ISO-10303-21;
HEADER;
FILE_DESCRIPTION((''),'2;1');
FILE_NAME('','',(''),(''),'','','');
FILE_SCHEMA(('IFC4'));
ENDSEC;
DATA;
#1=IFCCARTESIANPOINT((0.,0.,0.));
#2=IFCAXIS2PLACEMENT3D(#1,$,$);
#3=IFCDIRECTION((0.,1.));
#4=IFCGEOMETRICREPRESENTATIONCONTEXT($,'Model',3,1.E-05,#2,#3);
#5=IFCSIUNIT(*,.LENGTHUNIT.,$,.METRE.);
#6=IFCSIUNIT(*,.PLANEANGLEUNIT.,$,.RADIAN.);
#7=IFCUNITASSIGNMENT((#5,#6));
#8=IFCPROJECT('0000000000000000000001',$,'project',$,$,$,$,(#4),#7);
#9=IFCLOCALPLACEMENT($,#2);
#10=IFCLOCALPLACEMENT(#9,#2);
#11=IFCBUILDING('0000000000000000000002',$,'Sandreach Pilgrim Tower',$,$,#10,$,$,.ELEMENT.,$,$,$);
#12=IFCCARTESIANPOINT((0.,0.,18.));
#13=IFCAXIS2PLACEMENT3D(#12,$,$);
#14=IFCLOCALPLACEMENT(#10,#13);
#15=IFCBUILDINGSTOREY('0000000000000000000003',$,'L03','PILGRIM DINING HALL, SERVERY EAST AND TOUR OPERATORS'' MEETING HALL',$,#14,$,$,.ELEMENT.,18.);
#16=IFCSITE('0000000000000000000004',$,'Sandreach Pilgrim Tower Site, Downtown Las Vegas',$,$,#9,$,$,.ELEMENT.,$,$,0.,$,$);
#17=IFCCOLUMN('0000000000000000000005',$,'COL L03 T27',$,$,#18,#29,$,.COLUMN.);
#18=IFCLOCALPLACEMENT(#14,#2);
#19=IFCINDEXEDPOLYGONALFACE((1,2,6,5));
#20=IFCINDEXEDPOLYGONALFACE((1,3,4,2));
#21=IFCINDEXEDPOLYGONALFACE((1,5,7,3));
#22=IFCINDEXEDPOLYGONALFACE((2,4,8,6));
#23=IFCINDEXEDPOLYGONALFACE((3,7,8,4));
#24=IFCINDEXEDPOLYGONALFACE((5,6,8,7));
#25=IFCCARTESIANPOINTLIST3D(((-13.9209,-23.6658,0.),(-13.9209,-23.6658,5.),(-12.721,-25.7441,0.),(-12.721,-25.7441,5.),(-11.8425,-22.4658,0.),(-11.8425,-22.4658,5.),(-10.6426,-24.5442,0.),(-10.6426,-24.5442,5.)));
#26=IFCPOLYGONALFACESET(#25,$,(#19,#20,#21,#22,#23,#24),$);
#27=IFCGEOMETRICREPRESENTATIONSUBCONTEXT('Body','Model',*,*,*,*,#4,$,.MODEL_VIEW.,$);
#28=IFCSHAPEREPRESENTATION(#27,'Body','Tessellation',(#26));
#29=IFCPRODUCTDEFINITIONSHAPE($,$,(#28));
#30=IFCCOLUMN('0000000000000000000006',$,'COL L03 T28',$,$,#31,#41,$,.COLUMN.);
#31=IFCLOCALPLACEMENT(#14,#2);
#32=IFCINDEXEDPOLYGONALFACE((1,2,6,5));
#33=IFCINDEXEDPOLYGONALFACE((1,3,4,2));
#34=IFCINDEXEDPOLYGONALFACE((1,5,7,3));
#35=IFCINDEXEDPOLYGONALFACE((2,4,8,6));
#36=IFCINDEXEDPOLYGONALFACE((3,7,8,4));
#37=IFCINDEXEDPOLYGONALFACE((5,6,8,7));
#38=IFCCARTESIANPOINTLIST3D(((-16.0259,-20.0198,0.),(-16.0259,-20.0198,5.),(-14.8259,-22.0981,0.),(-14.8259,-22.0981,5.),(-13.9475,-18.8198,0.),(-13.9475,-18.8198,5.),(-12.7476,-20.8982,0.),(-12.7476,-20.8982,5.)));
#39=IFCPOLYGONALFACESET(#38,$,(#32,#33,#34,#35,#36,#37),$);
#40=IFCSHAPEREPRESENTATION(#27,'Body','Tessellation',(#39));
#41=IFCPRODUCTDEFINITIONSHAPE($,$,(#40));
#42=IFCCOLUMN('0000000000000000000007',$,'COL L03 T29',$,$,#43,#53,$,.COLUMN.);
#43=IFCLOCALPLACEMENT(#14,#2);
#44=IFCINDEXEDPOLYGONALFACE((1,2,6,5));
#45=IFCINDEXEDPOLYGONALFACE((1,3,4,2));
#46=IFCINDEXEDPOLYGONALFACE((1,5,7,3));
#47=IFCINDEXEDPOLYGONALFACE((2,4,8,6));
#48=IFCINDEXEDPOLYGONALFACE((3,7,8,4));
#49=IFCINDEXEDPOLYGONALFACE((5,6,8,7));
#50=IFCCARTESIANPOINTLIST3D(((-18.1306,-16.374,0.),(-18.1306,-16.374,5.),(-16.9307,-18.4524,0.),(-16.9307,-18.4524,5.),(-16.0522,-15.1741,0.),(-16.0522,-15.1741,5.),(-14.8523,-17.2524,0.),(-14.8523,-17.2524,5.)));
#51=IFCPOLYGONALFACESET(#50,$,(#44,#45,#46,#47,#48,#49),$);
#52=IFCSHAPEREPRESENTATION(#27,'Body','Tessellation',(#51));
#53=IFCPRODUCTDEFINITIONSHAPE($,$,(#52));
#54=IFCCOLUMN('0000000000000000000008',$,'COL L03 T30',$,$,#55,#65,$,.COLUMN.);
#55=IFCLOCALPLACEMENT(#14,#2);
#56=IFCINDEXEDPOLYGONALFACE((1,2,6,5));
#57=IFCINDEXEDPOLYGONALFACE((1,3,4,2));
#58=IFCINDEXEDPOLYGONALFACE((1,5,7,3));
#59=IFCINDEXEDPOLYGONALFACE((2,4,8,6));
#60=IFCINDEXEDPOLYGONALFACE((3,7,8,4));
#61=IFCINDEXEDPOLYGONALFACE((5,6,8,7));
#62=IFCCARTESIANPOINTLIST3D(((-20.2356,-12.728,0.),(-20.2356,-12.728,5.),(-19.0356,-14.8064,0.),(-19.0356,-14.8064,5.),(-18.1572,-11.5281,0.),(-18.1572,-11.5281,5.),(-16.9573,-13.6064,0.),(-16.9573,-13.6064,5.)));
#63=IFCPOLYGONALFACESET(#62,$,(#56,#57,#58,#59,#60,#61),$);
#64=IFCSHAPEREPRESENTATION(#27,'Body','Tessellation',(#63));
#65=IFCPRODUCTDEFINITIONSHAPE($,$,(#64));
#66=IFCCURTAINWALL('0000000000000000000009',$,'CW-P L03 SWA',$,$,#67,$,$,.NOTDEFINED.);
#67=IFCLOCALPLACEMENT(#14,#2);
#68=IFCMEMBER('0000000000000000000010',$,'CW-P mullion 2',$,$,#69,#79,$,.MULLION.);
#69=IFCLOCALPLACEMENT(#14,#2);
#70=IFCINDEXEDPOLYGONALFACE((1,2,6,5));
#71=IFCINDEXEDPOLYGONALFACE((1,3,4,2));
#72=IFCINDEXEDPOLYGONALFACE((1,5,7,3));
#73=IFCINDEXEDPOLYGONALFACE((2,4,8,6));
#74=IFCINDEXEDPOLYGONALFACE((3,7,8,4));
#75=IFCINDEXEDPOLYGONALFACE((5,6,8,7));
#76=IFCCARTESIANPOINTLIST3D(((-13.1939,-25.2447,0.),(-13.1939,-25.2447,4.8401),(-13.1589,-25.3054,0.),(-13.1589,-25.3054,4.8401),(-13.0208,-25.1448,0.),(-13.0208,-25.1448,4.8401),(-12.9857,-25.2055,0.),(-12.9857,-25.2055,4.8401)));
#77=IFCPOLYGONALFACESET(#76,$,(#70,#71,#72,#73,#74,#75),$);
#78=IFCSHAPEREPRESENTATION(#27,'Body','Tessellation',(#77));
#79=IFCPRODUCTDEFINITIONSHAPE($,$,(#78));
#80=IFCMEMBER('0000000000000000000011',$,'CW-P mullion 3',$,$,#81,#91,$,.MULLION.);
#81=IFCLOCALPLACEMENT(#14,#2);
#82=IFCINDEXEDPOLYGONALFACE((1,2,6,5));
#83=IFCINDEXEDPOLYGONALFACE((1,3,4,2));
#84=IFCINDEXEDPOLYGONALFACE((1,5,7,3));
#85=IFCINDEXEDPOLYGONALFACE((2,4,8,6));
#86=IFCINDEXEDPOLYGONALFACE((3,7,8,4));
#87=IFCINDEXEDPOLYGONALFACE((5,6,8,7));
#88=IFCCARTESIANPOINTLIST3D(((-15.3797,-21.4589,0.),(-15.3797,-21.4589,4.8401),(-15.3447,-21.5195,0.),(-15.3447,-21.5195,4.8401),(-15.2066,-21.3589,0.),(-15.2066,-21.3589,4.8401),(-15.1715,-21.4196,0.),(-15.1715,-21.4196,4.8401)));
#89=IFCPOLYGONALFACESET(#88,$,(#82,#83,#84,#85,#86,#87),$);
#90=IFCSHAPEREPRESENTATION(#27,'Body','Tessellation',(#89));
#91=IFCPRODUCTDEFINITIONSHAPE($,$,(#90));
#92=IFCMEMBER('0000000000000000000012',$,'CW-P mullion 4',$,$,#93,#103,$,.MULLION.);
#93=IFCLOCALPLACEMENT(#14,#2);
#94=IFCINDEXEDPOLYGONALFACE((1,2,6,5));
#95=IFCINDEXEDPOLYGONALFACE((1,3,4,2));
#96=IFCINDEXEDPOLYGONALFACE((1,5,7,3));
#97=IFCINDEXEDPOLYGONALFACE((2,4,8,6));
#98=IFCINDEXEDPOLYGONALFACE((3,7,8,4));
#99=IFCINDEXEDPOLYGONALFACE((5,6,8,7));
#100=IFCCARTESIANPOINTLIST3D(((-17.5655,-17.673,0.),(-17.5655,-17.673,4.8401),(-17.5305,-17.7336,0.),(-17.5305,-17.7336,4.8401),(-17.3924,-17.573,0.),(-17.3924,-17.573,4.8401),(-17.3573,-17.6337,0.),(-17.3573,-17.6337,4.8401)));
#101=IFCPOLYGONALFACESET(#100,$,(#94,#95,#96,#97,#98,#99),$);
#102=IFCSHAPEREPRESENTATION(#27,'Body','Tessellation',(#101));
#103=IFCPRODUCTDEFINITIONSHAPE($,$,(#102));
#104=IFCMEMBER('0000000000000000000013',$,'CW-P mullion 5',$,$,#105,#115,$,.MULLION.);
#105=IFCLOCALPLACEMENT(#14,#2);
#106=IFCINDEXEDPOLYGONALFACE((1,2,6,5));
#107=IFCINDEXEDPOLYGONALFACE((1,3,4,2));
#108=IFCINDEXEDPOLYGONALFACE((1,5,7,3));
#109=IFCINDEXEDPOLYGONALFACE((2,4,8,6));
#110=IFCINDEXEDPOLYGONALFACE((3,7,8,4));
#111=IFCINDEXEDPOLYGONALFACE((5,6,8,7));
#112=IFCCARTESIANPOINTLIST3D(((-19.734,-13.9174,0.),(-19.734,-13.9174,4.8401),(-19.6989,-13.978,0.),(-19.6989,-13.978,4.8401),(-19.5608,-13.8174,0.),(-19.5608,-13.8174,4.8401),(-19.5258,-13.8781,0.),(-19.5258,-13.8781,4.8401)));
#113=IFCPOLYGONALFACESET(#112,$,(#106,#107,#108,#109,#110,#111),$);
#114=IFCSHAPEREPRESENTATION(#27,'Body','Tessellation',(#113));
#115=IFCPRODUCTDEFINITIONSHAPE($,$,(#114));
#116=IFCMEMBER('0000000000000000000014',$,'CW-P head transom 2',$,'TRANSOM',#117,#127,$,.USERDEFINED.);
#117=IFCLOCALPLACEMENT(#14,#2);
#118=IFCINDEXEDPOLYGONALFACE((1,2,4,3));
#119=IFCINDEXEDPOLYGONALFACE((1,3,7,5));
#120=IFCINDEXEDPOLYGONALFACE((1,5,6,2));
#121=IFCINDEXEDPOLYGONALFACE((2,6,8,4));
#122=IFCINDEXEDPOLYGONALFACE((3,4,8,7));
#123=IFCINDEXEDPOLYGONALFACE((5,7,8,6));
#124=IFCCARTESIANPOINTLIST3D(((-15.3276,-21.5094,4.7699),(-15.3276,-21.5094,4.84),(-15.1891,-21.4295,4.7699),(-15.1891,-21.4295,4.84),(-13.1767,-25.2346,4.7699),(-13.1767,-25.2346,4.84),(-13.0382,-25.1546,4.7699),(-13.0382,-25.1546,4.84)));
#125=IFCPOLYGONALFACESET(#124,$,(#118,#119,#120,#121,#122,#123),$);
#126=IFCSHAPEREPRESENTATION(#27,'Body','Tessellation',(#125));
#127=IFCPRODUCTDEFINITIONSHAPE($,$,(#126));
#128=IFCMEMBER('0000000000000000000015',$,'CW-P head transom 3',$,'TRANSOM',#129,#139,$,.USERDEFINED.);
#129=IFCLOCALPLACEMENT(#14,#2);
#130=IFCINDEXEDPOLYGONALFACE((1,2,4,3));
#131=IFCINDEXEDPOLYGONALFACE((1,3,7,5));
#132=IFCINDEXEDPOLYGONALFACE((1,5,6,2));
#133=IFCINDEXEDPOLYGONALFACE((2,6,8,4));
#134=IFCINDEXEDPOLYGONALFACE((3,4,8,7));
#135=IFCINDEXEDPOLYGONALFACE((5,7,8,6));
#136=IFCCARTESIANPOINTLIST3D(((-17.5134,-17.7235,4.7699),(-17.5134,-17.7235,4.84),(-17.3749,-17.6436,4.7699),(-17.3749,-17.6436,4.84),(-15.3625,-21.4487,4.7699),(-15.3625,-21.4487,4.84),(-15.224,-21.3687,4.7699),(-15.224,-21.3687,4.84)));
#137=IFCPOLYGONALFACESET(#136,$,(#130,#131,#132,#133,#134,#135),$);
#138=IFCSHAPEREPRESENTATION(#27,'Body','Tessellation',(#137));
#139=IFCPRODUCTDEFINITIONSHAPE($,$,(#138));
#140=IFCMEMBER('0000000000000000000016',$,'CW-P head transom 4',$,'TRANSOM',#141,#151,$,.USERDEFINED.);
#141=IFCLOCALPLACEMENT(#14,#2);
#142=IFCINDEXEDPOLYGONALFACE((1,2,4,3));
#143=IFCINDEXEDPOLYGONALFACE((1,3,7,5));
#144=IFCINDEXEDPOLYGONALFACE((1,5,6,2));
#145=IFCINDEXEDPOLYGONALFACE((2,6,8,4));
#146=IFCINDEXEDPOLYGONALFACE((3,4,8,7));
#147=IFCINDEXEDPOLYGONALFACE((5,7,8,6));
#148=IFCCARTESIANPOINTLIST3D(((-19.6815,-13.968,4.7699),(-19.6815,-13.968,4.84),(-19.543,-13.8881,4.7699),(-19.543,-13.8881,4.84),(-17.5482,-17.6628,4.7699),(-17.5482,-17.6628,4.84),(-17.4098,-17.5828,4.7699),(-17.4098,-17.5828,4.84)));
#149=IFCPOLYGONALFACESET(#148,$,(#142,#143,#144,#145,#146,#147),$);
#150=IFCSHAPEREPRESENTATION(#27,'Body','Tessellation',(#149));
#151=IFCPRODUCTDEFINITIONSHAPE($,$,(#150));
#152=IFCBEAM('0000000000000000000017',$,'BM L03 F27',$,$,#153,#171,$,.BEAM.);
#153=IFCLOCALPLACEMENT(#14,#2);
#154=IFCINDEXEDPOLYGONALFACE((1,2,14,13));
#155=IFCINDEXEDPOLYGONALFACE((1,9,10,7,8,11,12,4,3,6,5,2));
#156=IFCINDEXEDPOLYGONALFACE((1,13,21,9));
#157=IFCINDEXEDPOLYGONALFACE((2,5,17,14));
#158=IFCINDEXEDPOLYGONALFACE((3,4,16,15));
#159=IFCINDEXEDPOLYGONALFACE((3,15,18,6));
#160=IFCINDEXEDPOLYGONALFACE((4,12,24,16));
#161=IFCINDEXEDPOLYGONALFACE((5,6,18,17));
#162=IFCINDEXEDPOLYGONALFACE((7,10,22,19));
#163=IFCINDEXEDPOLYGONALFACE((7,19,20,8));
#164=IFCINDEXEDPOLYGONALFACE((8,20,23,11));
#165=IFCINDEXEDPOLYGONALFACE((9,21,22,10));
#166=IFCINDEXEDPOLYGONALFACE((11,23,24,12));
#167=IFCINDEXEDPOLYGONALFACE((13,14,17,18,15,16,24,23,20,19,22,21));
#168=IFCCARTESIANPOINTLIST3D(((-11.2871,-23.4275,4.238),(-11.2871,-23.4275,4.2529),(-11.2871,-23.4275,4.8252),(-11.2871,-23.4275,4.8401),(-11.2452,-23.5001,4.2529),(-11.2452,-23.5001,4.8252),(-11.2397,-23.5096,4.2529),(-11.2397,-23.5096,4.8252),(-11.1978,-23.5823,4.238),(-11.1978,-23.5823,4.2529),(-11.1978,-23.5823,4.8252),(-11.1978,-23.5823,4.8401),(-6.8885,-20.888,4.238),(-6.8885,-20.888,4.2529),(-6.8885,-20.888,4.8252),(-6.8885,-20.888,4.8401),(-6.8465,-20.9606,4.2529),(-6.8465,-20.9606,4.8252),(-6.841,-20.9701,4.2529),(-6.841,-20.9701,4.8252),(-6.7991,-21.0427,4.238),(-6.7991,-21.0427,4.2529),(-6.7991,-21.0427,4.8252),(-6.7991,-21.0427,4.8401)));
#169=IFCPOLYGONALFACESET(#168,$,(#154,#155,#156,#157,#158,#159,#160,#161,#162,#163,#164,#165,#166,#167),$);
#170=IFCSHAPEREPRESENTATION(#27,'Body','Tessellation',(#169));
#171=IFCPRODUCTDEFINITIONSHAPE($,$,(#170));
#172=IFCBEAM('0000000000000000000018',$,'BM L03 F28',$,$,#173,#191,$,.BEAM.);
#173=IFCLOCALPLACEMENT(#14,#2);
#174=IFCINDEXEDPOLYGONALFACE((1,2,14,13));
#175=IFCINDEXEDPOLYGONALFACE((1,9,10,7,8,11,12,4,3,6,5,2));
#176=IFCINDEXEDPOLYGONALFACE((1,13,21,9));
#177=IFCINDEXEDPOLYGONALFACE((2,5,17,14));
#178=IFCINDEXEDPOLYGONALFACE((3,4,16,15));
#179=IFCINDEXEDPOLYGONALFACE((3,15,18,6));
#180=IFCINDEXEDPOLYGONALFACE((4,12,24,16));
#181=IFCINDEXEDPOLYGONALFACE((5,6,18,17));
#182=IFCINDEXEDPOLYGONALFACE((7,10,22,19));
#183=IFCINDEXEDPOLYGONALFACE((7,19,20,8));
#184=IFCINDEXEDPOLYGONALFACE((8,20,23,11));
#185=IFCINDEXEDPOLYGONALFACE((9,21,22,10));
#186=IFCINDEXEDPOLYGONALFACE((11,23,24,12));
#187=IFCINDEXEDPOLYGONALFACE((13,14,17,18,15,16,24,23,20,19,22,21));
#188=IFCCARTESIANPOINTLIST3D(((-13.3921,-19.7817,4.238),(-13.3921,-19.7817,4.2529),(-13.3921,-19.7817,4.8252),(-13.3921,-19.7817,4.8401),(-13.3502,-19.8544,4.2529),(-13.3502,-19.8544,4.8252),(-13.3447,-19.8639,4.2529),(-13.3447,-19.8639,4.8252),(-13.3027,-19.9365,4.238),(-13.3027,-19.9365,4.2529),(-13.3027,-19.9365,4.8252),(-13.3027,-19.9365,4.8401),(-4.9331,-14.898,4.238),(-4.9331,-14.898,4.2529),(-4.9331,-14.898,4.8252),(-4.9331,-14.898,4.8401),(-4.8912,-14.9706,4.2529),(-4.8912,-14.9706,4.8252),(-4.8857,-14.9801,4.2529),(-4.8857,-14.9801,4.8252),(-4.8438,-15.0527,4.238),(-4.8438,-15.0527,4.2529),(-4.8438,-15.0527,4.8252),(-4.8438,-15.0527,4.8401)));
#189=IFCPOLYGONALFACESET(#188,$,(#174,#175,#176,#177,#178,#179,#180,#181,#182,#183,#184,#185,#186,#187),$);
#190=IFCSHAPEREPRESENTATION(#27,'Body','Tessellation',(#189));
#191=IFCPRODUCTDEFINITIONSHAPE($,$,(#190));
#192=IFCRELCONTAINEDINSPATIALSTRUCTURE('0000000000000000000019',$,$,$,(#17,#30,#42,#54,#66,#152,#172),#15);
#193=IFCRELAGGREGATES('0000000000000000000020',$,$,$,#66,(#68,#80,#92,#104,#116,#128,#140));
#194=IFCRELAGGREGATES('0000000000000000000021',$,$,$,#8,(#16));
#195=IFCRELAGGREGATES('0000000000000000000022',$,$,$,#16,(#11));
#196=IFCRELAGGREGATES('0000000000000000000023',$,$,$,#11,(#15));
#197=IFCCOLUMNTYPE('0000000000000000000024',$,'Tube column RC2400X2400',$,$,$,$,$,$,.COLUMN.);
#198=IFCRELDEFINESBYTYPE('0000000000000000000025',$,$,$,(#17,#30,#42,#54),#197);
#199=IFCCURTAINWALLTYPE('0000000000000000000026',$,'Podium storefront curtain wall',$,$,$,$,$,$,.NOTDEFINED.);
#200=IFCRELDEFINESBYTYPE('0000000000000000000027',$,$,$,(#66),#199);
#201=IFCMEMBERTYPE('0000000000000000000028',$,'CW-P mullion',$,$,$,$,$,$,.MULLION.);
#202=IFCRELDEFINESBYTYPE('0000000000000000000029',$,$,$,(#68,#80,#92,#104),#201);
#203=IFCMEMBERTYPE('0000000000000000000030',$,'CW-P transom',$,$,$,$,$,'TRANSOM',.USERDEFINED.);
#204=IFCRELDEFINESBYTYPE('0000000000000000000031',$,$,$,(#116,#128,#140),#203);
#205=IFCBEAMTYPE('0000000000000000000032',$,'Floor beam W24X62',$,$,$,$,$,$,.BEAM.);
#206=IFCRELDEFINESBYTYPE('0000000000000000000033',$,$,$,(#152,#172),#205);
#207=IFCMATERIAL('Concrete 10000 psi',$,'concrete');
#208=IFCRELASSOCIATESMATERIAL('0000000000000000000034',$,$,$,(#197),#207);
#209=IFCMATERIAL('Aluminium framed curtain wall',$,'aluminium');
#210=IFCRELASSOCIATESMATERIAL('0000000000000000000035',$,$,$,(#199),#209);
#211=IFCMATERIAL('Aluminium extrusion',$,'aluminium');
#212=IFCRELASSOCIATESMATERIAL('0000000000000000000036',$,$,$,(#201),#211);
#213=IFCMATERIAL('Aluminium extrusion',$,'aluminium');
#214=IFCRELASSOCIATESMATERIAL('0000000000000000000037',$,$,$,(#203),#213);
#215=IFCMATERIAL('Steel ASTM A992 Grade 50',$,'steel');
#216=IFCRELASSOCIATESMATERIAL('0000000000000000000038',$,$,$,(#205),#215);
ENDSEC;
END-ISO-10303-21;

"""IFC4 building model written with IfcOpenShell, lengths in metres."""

from ifc_helpers import new_model, si_unit, direction, frame, origin, origin_2d, place, context, subcontext, project, spatial, rectangle, i_section, extrude, material, material_profile, profile_set, type_object, element, aggregate, save


model = new_model("IFC4")

# Units and contexts
model_context = context("Model", 3, precision=1e-05, world=origin(), true_north=direction((0.0, 1.0)))
body_context = subcontext(model_context, "Body", "Model", "MODEL_VIEW")
ifc_project = project(units=[si_unit("LENGTHUNIT", "METRE"), si_unit("PLANEANGLEUNIT", "RADIAN")], contexts=[model_context])

# Site, building, storey
site_placement = place(None, origin())
site = spatial("IfcSite", under=ifc_project, at=site_placement, Name="Sandreach Pilgrim Tower Site, Downtown Las Vegas", CompositionType="ELEMENT", RefElevation=0.0)
building_placement = place(site_placement, origin())
building = spatial("IfcBuilding", under=site, at=building_placement, Name="Sandreach Pilgrim Tower", CompositionType="ELEMENT")
storey_placement = place(building_placement, frame((0.0, 0.0, 18.0)))
storey = spatial("IfcBuildingStorey", under=building, at=storey_placement, Name="L03", Description="PILGRIM DINING HALL, SERVERY EAST AND TOUR OPERATORS' MEETING HALL", CompositionType="ELEMENT", Elevation=18.0)

# Columns
ifc_material_1 = material(Name="Concrete 10000 psi", Category="concrete")
ifc_material_profile_1 = material_profile(ifc_material_1, rectangle(XDim=2.3999, YDim=2.3999, at=origin_2d()), Name="RC2400X2400")
ifc_profile_set_1 = profile_set([ifc_material_profile_1], Name="Concrete 10000 psi")
column_type = type_object("IfcColumnType", Name="Tube column RC2400X2400", PredefinedType="COLUMN", material=ifc_profile_set_1)
for number, where, z_axis, x_axis, name in (
    (1, (-12.2817, -24.105, 0.0), (0.0, 0.0, 1.0), (-0.866025, -0.5, 0.0), "COL L03 T27"),
    (2, (-14.3867, -20.459, 0.0), (0.0, 0.0, 1.0), (-0.866025, -0.5, 0.0), "COL L03 T28"),
    (3, (-16.4915, -16.8132, 0.0), (0.0, 0.0, 1.0), (-0.866025, -0.5, 0.0), "COL L03 T29"),
    (4, (-18.5964, -13.1672, 0.0), (0.0, 0.0, 1.0), (-0.866025, -0.5, 0.0), "COL L03 T30"),
):
    element("IfcColumn", number, at=place(storey_placement, frame(where, z_axis=z_axis, x_axis=x_axis)), inside=storey, type_object=column_type, Name=name, PredefinedType="COLUMN", context=body_context, shape_type="SweptSolid", body=[
        extrude(rectangle(XDim=2.3999, YDim=2.3999, at=origin_2d()), origin(), (0.0, 0.0, 1.0), 5.0),
    ])

# Curtain wall, members
ifc_material_2 = material(Name="Aluminium framed curtain wall", Category="aluminium")
curtain_wall_type = type_object("IfcCurtainWallType", Name="Podium storefront curtain wall", PredefinedType="NOTDEFINED", material=ifc_material_2)
curtain_wall_placement = place(storey_placement, origin())
curtain_wall = element("IfcCurtainWall", 5, at=curtain_wall_placement, inside=storey, type_object=curtain_wall_type, Name="CW-P L03 SWA", PredefinedType="NOTDEFINED")
ifc_material_3 = material(Name="Aluminium extrusion", Category="aluminium")
ifc_material_profile_2 = material_profile(ifc_material_3, rectangle(XDim=0.0701, YDim=0.2, at=origin_2d()), Name="CW-PM 70X200")
ifc_profile_set_2 = profile_set([ifc_material_profile_2], Name="Aluminium extrusion")
member_type_1 = type_object("IfcMemberType", Name="CW-P mullion", PredefinedType="MULLION", material=ifc_profile_set_2)
member_1_placement = place(storey_placement, frame((-13.0898, -25.2251, 0.0), z_axis=(0.0, 0.0, 1.0), x_axis=(-0.5, 0.866025, 0.0)))
member_1 = element("IfcMember", 6, at=member_1_placement, type_object=member_type_1, Name="CW-P mullion 2", PredefinedType="MULLION", context=body_context, shape_type="SweptSolid", body=[
    extrude(rectangle(XDim=0.0701, YDim=0.2, at=origin_2d()), origin(), (0.0, 0.0, 1.0), 4.8401),
])
member_2_placement = place(storey_placement, frame((-15.2756, -21.4392, 0.0), z_axis=(0.0, 0.0, 1.0), x_axis=(-0.5, 0.866025, 0.0)))
member_2 = element("IfcMember", 7, at=member_2_placement, type_object=member_type_1, Name="CW-P mullion 3", PredefinedType="MULLION", context=body_context, shape_type="SweptSolid", body=[
    extrude(rectangle(XDim=0.0701, YDim=0.2, at=origin_2d()), origin(), (0.0, 0.0, 1.0), 4.8401),
])
member_3_placement = place(storey_placement, frame((-17.4614, -17.6533, 0.0), z_axis=(0.0, 0.0, 1.0), x_axis=(-0.5, 0.866025, 0.0)))
member_3 = element("IfcMember", 8, at=member_3_placement, type_object=member_type_1, Name="CW-P mullion 4", PredefinedType="MULLION", context=body_context, shape_type="SweptSolid", body=[
    extrude(rectangle(XDim=0.0701, YDim=0.2, at=origin_2d()), origin(), (0.0, 0.0, 1.0), 4.8401),
])
member_4_placement = place(storey_placement, frame((-19.6299, -13.8977, 0.0), z_axis=(0.0, 0.0, 1.0), x_axis=(-0.5, 0.866025, 0.0)))
member_4 = element("IfcMember", 9, at=member_4_placement, type_object=member_type_1, Name="CW-P mullion 5", PredefinedType="MULLION", context=body_context, shape_type="SweptSolid", body=[
    extrude(rectangle(XDim=0.0701, YDim=0.2, at=origin_2d()), origin(), (0.0, 0.0, 1.0), 4.8401),
])
ifc_material_4 = material(Name="Aluminium extrusion", Category="aluminium")
ifc_material_profile_3 = material_profile(ifc_material_4, rectangle(XDim=0.1599, YDim=0.0701, at=origin_2d()), Name="CW-PT 160X70")
ifc_profile_set_3 = profile_set([ifc_material_profile_3], Name="Aluminium extrusion")
member_type_2 = type_object("IfcMemberType", Name="CW-P transom", ElementType="TRANSOM", PredefinedType="USERDEFINED", material=ifc_profile_set_3)
member_5_placement = place(storey_placement, frame((-13.1074, -25.1946, 4.8049), z_axis=(-0.500034, 0.866006, 0.0), x_axis=(-0.866006, -0.500034, 0.0)))
member_5 = element("IfcMember", 10, at=member_5_placement, type_object=member_type_2, Name="CW-P head transom 2", ObjectType="TRANSOM", PredefinedType="USERDEFINED", context=body_context, shape_type="SweptSolid", body=[
    extrude(rectangle(XDim=0.1599, YDim=0.0701, at=origin_2d()), origin(), (0.0, 0.0, 1.0), 4.3015),
])
member_6_placement = place(storey_placement, frame((-15.2932, -21.4087, 4.8049), z_axis=(-0.500034, 0.866006, 0.0), x_axis=(-0.866006, -0.500034, 0.0)))
member_6 = element("IfcMember", 11, at=member_6_placement, type_object=member_type_2, Name="CW-P head transom 3", ObjectType="TRANSOM", PredefinedType="USERDEFINED", context=body_context, shape_type="SweptSolid", body=[
    extrude(rectangle(XDim=0.1599, YDim=0.0701, at=origin_2d()), origin(), (0.0, 0.0, 1.0), 4.3015),
])
member_7_placement = place(storey_placement, frame((-17.479, -17.6228, 4.8049), z_axis=(-0.500016, 0.866016, 0.0), x_axis=(-0.866016, -0.500016, 0.0)))
member_7 = element("IfcMember", 12, at=member_7_placement, type_object=member_type_2, Name="CW-P head transom 4", ObjectType="TRANSOM", PredefinedType="USERDEFINED", context=body_context, shape_type="SweptSolid", body=[
    extrude(rectangle(XDim=0.1599, YDim=0.0701, at=origin_2d()), origin(), (0.0, 0.0, 1.0), 4.2664),
])

# Beams
ifc_material_5 = material(Name="Steel ASTM A992 Grade 50", Category="steel")
ifc_material_profile_4 = material_profile(ifc_material_5, i_section(OverallWidth=0.1787, OverallDepth=0.6021, WebThickness=0.011, FlangeThickness=0.0149, at=origin_2d()), Name="W24X62")
ifc_profile_set_4 = profile_set([ifc_material_profile_4], Name="Steel ASTM A992 Grade 50")
beam_type_1 = type_object("IfcBeamType", Name="Floor beam W24X62", PredefinedType="BEAM", material=ifc_profile_set_4)
beam_1_placement = place(storey_placement, frame((-11.2424, -23.5049, 4.5391), z_axis=(0.866028, 0.499996, 0.0), x_axis=(-0.499996, 0.866028, 0.0)))
element("IfcBeam", 13, at=beam_1_placement, inside=storey, type_object=beam_type_1, Name="BM L03 F27", PredefinedType="BEAM", context=body_context, shape_type="SweptSolid", body=[
    extrude(i_section(OverallWidth=0.1787, OverallDepth=0.6021, WebThickness=0.011, FlangeThickness=0.0149, at=origin_2d()), origin(), (0.0, 0.0, 1.0), 5.0791),
])
beam_2_placement = place(storey_placement, frame((-13.3474, -19.8591, 4.5391), z_axis=(0.866026, 0.499999, 0.0), x_axis=(-0.499999, 0.866026, 0.0)))
element("IfcBeam", 14, at=beam_2_placement, inside=storey, type_object=beam_type_1, Name="BM L03 F28", PredefinedType="BEAM", context=body_context, shape_type="SweptSolid", body=[
    extrude(i_section(OverallWidth=0.1787, OverallDepth=0.6021, WebThickness=0.011, FlangeThickness=0.0149, at=origin_2d()), origin(), (0.0, 0.0, 1.0), 9.7676),
])

aggregate(curtain_wall, [member_1, member_2, member_3, member_4, member_5, member_6, member_7])

save(model, "model.ifc")
